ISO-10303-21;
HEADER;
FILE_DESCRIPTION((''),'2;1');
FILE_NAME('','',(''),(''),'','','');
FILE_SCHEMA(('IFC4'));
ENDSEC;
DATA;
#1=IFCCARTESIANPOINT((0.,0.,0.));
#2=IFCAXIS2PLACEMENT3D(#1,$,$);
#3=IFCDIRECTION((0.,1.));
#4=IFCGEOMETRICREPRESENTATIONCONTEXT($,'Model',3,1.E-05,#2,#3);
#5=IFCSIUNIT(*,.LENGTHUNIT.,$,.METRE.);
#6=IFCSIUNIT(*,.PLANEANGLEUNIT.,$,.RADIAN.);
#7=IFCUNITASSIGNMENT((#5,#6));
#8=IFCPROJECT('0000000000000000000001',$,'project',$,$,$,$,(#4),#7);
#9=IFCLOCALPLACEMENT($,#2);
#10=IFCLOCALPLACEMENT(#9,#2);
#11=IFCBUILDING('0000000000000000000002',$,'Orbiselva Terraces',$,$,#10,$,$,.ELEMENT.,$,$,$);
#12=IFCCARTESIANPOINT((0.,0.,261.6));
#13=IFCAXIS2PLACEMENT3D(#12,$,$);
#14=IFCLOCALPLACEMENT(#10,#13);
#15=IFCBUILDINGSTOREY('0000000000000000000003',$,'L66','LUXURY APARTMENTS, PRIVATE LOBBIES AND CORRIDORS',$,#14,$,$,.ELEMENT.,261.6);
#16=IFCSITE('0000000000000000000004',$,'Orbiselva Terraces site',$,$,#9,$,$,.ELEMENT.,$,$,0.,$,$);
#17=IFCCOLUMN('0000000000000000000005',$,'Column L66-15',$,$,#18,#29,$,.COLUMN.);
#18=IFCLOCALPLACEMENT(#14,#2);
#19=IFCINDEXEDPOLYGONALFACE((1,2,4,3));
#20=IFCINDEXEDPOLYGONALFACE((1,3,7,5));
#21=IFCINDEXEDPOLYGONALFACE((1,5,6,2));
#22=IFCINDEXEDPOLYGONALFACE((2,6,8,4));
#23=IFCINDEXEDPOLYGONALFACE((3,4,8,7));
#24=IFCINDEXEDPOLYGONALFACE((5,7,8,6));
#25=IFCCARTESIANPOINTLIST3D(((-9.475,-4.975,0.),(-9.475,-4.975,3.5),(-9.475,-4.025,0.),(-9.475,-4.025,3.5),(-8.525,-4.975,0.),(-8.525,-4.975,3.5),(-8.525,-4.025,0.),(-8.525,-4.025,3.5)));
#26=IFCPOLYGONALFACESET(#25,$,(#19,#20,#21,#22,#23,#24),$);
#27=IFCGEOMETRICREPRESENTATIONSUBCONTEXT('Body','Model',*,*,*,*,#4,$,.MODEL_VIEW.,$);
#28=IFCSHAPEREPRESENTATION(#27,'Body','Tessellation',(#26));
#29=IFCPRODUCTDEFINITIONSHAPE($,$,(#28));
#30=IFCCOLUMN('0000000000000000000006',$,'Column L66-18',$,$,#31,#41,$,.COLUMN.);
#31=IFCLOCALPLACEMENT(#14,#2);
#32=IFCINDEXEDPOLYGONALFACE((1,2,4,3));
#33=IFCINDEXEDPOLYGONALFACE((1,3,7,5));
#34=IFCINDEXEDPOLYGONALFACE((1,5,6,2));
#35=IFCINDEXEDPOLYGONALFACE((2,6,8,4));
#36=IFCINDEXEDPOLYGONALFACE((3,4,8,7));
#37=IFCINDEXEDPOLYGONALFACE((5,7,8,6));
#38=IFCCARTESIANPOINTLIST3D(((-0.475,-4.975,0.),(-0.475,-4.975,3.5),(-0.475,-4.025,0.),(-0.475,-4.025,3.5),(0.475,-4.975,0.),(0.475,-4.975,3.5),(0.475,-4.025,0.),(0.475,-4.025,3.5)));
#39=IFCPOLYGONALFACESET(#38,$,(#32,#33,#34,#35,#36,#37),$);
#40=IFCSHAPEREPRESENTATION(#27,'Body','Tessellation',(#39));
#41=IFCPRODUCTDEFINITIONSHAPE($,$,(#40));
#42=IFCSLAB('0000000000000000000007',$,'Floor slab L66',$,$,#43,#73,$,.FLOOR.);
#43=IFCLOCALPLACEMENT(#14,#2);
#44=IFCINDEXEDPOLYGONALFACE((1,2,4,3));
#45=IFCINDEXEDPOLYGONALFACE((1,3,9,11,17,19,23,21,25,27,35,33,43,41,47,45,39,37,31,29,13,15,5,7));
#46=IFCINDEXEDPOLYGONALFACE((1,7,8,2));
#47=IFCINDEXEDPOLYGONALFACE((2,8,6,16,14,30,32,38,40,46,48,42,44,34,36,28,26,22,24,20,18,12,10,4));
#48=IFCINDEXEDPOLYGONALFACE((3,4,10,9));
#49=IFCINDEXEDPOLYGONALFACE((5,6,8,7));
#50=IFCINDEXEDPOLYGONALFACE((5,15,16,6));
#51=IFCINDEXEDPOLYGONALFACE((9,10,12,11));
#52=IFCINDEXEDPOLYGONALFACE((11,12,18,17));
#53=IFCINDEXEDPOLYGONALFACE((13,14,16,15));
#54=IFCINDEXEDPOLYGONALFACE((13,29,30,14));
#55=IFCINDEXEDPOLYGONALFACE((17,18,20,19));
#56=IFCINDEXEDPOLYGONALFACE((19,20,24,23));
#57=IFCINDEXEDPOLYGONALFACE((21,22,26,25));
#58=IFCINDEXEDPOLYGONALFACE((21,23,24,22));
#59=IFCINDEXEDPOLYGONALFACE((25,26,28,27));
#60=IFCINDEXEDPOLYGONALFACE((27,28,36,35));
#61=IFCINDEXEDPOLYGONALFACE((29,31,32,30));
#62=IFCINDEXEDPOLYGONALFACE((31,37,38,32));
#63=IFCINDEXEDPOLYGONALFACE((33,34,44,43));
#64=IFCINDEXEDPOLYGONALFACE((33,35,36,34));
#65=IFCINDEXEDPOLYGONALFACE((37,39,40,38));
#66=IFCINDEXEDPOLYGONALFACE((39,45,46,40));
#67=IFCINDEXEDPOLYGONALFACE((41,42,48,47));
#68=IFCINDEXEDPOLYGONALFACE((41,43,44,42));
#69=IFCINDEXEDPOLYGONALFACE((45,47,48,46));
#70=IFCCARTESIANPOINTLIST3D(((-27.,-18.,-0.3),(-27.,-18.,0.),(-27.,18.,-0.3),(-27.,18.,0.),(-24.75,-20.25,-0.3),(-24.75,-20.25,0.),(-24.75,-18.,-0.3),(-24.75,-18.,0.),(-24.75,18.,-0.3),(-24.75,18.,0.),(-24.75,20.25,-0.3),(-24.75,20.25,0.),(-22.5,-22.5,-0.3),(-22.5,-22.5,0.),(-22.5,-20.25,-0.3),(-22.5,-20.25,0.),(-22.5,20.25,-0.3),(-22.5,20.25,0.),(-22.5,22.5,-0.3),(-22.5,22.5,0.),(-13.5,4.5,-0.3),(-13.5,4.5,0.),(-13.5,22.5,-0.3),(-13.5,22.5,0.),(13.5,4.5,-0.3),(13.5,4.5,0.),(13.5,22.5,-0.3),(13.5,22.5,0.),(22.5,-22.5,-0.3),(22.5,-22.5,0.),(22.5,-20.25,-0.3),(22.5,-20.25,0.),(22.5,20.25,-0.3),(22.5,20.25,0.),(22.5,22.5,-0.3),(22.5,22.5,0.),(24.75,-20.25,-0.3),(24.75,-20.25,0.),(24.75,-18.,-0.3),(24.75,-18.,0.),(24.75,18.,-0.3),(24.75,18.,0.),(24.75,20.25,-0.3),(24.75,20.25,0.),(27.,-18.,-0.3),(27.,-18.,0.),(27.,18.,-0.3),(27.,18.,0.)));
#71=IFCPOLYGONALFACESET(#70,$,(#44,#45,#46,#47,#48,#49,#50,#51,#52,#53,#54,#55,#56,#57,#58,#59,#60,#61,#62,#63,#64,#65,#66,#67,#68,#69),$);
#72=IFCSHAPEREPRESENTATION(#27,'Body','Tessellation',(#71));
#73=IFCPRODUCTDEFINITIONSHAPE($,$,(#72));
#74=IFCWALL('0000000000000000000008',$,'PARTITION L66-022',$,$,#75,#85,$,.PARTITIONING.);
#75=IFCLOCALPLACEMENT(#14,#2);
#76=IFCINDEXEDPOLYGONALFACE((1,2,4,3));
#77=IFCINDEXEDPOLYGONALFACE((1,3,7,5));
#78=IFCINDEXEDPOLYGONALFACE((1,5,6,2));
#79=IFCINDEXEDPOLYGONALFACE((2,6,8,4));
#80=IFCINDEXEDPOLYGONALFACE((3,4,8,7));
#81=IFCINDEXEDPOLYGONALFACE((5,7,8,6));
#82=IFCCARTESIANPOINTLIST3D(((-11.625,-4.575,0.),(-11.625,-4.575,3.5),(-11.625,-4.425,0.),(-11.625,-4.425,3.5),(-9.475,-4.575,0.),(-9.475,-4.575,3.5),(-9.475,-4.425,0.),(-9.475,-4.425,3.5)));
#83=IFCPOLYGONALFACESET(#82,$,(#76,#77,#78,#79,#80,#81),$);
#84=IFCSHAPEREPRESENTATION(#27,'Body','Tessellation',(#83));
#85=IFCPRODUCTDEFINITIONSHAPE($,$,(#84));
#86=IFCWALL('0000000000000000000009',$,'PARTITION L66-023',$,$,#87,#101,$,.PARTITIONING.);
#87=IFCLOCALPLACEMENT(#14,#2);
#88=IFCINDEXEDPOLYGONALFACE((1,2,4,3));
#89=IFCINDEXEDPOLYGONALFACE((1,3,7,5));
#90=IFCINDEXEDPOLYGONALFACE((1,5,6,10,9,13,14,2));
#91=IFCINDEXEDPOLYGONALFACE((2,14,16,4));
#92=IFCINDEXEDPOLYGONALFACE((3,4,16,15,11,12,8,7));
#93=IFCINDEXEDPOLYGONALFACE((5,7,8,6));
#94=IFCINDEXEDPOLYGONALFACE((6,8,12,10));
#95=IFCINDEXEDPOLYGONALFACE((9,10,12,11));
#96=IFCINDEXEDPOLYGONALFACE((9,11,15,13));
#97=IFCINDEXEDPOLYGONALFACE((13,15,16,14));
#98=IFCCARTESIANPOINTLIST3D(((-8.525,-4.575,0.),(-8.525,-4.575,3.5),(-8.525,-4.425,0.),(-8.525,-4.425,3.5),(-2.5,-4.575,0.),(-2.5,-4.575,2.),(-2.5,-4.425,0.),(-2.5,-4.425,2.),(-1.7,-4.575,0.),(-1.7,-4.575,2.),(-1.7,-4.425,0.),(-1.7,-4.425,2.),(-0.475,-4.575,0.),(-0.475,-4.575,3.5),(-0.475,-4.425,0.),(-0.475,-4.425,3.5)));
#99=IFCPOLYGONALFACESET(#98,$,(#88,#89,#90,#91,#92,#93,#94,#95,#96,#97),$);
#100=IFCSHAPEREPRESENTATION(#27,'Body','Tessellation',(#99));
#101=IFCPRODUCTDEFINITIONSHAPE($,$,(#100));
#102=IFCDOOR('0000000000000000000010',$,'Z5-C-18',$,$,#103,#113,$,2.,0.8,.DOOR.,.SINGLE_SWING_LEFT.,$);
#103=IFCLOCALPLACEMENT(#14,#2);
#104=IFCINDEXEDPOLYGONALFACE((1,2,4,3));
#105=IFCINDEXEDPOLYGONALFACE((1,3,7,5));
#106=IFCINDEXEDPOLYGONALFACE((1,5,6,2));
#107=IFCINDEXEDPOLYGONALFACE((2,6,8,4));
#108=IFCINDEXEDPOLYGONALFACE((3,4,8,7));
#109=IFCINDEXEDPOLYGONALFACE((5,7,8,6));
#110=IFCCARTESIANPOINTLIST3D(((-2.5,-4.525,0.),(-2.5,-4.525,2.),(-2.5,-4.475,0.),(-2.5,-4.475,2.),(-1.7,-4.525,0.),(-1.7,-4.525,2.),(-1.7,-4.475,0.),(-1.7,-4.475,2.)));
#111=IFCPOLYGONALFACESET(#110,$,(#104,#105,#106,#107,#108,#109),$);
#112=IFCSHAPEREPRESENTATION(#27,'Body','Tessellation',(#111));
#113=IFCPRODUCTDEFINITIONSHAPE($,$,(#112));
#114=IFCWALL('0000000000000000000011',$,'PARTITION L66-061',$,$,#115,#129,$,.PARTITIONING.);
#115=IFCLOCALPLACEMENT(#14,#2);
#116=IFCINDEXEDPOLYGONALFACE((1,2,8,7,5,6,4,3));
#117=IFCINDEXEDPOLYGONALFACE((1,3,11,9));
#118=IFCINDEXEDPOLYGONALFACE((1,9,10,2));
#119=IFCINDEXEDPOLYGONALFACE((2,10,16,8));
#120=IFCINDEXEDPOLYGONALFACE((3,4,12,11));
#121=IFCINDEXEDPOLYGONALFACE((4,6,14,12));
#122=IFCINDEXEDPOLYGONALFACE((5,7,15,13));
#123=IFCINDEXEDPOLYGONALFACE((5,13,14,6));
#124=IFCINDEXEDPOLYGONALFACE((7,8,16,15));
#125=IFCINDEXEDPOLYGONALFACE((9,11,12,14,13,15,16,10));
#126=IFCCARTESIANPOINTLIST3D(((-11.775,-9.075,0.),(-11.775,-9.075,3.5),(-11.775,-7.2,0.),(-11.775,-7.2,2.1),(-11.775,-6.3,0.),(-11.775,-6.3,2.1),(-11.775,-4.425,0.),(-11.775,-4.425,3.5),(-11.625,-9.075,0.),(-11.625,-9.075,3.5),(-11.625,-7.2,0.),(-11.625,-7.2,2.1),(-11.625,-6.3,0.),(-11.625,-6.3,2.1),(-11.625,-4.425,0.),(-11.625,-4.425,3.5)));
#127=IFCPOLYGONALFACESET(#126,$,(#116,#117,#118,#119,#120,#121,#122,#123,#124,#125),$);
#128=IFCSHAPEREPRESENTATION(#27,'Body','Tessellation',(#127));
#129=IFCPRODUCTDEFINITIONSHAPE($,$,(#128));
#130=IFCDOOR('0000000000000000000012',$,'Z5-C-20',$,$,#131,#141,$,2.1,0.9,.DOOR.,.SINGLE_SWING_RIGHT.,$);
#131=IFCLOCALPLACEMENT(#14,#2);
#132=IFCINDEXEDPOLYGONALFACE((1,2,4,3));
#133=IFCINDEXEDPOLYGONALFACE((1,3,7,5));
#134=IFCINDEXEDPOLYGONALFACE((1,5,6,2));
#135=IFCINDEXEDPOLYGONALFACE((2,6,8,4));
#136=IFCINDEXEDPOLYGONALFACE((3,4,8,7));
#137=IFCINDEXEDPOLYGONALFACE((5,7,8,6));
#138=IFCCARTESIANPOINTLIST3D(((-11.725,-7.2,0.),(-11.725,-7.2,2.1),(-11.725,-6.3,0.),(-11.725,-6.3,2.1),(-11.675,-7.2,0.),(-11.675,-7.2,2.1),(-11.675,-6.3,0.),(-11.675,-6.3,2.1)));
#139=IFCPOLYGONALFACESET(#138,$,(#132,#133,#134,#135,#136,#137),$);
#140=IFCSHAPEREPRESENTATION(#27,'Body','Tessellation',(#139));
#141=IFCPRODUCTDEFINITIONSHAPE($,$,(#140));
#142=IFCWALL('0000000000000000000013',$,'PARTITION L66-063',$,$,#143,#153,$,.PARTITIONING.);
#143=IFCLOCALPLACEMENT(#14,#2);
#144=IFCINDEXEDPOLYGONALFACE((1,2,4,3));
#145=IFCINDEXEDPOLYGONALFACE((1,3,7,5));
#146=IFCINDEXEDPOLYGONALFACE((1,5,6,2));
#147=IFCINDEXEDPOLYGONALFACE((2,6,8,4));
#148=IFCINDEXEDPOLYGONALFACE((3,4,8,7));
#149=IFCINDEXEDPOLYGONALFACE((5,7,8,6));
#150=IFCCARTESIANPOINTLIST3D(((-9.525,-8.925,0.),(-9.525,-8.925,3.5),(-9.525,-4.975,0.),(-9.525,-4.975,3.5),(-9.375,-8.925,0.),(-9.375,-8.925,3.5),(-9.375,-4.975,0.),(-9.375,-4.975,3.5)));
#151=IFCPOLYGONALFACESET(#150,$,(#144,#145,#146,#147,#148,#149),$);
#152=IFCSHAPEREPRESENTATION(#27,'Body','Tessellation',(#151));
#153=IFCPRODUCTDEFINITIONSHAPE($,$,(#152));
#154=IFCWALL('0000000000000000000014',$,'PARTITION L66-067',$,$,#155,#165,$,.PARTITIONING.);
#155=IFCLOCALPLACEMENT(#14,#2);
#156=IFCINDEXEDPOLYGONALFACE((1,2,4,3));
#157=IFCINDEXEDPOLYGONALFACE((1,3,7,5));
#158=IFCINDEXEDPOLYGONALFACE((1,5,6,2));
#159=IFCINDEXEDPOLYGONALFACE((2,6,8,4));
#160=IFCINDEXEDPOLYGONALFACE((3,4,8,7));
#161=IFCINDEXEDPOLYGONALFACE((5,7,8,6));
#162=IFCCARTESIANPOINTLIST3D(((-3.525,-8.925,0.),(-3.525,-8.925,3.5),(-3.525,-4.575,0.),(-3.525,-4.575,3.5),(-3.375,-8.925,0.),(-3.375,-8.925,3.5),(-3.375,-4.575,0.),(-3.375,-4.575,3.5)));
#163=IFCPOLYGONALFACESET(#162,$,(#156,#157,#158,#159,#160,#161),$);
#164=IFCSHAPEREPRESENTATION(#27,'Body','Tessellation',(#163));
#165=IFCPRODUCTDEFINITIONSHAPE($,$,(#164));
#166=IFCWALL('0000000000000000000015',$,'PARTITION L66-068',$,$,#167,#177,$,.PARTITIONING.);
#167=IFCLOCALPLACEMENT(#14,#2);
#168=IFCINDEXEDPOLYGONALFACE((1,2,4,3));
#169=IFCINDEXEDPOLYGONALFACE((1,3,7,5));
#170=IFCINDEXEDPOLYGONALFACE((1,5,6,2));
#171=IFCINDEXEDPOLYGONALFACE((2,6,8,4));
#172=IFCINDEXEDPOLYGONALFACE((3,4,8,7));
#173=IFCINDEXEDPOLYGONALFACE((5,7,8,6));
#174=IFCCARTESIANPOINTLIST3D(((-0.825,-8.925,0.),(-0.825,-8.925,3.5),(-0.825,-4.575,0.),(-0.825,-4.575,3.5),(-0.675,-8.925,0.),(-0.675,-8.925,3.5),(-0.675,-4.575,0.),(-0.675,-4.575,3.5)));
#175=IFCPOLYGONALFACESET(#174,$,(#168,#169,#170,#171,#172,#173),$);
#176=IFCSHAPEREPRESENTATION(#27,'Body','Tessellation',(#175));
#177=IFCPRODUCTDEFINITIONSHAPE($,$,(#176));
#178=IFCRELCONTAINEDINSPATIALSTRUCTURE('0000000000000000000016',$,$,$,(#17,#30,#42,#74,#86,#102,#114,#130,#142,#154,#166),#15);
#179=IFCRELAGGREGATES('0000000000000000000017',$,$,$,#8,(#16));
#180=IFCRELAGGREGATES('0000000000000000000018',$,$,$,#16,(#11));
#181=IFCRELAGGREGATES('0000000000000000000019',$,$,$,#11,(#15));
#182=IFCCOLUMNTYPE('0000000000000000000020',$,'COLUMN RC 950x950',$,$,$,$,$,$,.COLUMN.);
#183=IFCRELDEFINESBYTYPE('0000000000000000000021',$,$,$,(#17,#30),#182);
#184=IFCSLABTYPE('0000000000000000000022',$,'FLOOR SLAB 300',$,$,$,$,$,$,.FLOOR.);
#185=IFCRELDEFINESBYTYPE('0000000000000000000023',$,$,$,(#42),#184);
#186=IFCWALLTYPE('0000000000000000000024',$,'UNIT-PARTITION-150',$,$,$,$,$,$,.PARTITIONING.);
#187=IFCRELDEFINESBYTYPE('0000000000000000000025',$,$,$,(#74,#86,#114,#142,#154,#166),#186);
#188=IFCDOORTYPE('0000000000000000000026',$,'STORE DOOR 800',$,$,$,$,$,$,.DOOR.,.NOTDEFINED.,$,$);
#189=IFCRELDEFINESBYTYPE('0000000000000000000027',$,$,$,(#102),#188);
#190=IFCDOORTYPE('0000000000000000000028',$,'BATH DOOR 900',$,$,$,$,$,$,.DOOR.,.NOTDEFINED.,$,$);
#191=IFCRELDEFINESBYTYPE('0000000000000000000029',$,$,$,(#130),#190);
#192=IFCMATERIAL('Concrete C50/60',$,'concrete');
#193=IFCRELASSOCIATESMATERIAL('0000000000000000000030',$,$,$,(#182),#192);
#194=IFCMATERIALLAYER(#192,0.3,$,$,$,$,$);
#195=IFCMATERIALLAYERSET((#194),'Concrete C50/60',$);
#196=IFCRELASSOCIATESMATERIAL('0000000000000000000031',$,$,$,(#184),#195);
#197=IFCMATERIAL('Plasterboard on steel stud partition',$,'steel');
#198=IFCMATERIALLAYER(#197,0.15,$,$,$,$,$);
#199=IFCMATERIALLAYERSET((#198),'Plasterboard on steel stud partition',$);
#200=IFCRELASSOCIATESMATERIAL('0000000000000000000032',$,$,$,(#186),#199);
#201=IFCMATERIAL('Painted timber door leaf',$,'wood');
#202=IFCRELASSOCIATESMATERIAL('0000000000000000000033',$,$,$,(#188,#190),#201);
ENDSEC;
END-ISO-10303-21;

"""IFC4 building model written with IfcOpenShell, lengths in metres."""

from ifc_helpers import new_model, si_unit, direction, frame, frame_2d, origin, origin_2d, place, context, subcontext, project, spatial, polyline, rectangle, outline, extrude, material, layer, layer_set, material_profile, profile_set, type_object, element, fill, save


model = new_model("IFC4")

# Units and contexts
model_context = context("Model", 3, precision=1e-05, world=origin(), true_north=direction((0.0, 1.0)))
body_context = subcontext(model_context, "Body", "Model", "MODEL_VIEW")
ifc_project = project(units=[si_unit("LENGTHUNIT", "METRE"), si_unit("PLANEANGLEUNIT", "RADIAN")], contexts=[model_context])

# Site, building, storey
site_placement = place(None, origin())
site = spatial("IfcSite", under=ifc_project, at=site_placement, Name="Orbiselva Terraces site", CompositionType="ELEMENT", RefElevation=0.0)
building_placement = place(site_placement, origin())
building = spatial("IfcBuilding", under=site, at=building_placement, Name="Orbiselva Terraces", CompositionType="ELEMENT")
storey_placement = place(building_placement, frame((0.0, 0.0, 261.6)))
storey = spatial("IfcBuildingStorey", under=building, at=storey_placement, Name="L66", Description="LUXURY APARTMENTS, PRIVATE LOBBIES AND CORRIDORS", CompositionType="ELEMENT", Elevation=261.6)

# Columns
ifc_material_1 = material(Name="Concrete C50/60", Category="concrete")
ifc_material_profile = material_profile(ifc_material_1, rectangle(XDim=0.95, YDim=0.95, at=origin_2d()), Name="RC 950x950")
ifc_profile_set = profile_set([ifc_material_profile], Name="Concrete C50/60")
column_type = type_object("IfcColumnType", Name="COLUMN RC 950x950", PredefinedType="COLUMN", material=ifc_profile_set)
for number, where, z_axis, x_axis, name in (
    (1, (-9.0, -4.5, 0.0), (0.0, 0.0, 1.0), (1.0, 0.0, 0.0), "Column L66-15"),
    (2, (0.0, -4.5, 0.0), (0.0, 0.0, 1.0), (1.0, 0.0, 0.0), "Column L66-18"),
):
    element("IfcColumn", number, at=place(storey_placement, frame(where, z_axis=z_axis, x_axis=x_axis)), inside=storey, type_object=column_type, Name=name, PredefinedType="COLUMN", context=body_context, shape_type="SweptSolid", body=[
        extrude(rectangle(XDim=0.95, YDim=0.95, at=origin_2d()), origin(), (0.0, 0.0, 1.0), 3.5),
    ])

# Slab
ifc_layer_1 = layer(ifc_material_1, 0.3)
ifc_layer_set_1 = layer_set([ifc_layer_1], Name="Concrete C50/60")
slab_type = type_object("IfcSlabType", Name="FLOOR SLAB 300", PredefinedType="FLOOR", material=ifc_layer_set_1)
slab_placement = place(storey_placement, frame((0.0, 0.0, -0.3)))
element("IfcSlab", 3, at=slab_placement, inside=storey, type_object=slab_type, Name="Floor slab L66", PredefinedType="FLOOR", context=body_context, shape_type="SweptSolid", body=[
    extrude(outline(polyline([(22.5, 22.5), (22.5, 20.25), (24.75, 20.25), (24.75, 18.0), (27.0, 18.0), (27.0, -18.0), (24.75, -18.0), (24.75, -20.25), (22.5, -20.25), (22.5, -22.5), (-22.5, -22.5), (-22.5, -20.25), (-24.75, -20.25), (-24.75, -18.0), (-27.0, -18.0), (-27.0, 18.0), (-24.75, 18.0), (-24.75, 20.25), (-22.5, 20.25), (-22.5, 22.5), (-13.5, 22.5), (-13.5, 4.5), (13.5, 4.5), (13.5, 22.5), (22.5, 22.5)])), origin(), (0.0, 0.0, 1.0), 0.3),
])

# Wall
ifc_material_2 = material(Name="Plasterboard on steel stud partition", Category="steel")
ifc_layer_2 = layer(ifc_material_2, 0.15)
ifc_layer_set_2 = layer_set([ifc_layer_2], Name="Plasterboard on steel stud partition")
wall_type = type_object("IfcWallType", Name="UNIT-PARTITION-150", PredefinedType="PARTITIONING", material=ifc_layer_set_2)
wall_1_placement = place(storey_placement, frame((-11.625, -4.5, 0.0), z_axis=(0.0, 0.0, 1.0), x_axis=(1.0, 0.0, 0.0)))
element("IfcWall", 4, at=wall_1_placement, inside=storey, type_object=wall_type, Name="PARTITION L66-022", PredefinedType="PARTITIONING", context=body_context, shape_type="SweptSolid", body=[
    extrude(rectangle(XDim=2.15, YDim=0.15, at=frame_2d((1.075, 0.0))), origin(), (0.0, 0.0, 1.0), 3.5),
])

# Walls, openings, doors
wall_2_placement = place(storey_placement, frame((-0.475, -4.5, 0.0), z_axis=(0.0, 0.0, 1.0), x_axis=(-1.0, 0.0, 0.0)))
wall_2 = element("IfcWall", 5, at=wall_2_placement, inside=storey, type_object=wall_type, Name="PARTITION L66-023", PredefinedType="PARTITIONING", context=body_context, shape_type="SweptSolid", body=[
    extrude(rectangle(XDim=8.05, YDim=0.15, at=frame_2d((4.025, 0.0))), origin(), (0.0, 0.0, 1.0), 3.5),
])
opening_1_placement = place(wall_2_placement, frame((1.225, 0.0, 0.0)))
opening_1 = element("IfcOpeningElement", 6, at=opening_1_placement, cuts=wall_2, PredefinedType="OPENING", context=body_context, shape_type="SweptSolid", body=[
    extrude(rectangle(XDim=0.8, YDim=2.0, at=frame_2d((0.4, 1.0))), frame((0.0, 0.085, 0.0), z_axis=(0.0, -1.0, 0.0), x_axis=(1.0, 0.0, 0.0)), (0.0, 0.0, 1.0), 0.17),
])
ifc_material_3 = material(Name="Painted timber door leaf", Category="wood")
door_type_1 = type_object("IfcDoorType", Name="STORE DOOR 800", OperationType="NOTDEFINED", PredefinedType="DOOR", material=ifc_material_3)
door_1_placement = place(opening_1_placement, origin())
door_1 = element("IfcDoor", 7, at=door_1_placement, inside=storey, type_object=door_type_1, Name="Z5-C-18", OperationType="SINGLE_SWING_LEFT", OverallHeight=2.0, OverallWidth=0.8, PredefinedType="DOOR", context=body_context, shape_type="SweptSolid", body=[
    extrude(rectangle(XDim=0.8, YDim=2.0, at=frame_2d((0.4, 1.0))), frame((0.0, 0.025, 0.0), z_axis=(0.0, -1.0, 0.0), x_axis=(1.0, 0.0, 0.0)), (0.0, 0.0, 1.0), 0.05),
])
fill(opening_1, door_1)
wall_3_placement = place(storey_placement, frame((-11.7, -4.425, 0.0), z_axis=(0.0, 0.0, 1.0), x_axis=(0.0, -1.0, 0.0)))
wall_3 = element("IfcWall", 8, at=wall_3_placement, inside=storey, type_object=wall_type, Name="PARTITION L66-061", PredefinedType="PARTITIONING", context=body_context, shape_type="SweptSolid", body=[
    extrude(rectangle(XDim=4.65, YDim=0.15, at=frame_2d((2.325, 0.0))), origin(), (0.0, 0.0, 1.0), 3.5),
])
opening_2_placement = place(wall_3_placement, frame((1.875, 0.0, 0.0)))
opening_2 = element("IfcOpeningElement", 9, at=opening_2_placement, cuts=wall_3, PredefinedType="OPENING", context=body_context, shape_type="SweptSolid", body=[
    extrude(rectangle(XDim=0.9, YDim=2.1, at=frame_2d((0.45, 1.05))), frame((0.0, 0.085, 0.0), z_axis=(0.0, -1.0, 0.0), x_axis=(1.0, 0.0, 0.0)), (0.0, 0.0, 1.0), 0.17),
])
door_type_2 = type_object("IfcDoorType", Name="BATH DOOR 900", OperationType="NOTDEFINED", PredefinedType="DOOR", material=ifc_material_3)
door_2_placement = place(opening_2_placement, origin())
door_2 = element("IfcDoor", 10, at=door_2_placement, inside=storey, type_object=door_type_2, Name="Z5-C-20", OperationType="SINGLE_SWING_RIGHT", OverallHeight=2.1, OverallWidth=0.9, PredefinedType="DOOR", context=body_context, shape_type="SweptSolid", body=[
    extrude(rectangle(XDim=0.9, YDim=2.1, at=frame_2d((0.45, 1.05))), frame((0.0, 0.025, 0.0), z_axis=(0.0, -1.0, 0.0), x_axis=(1.0, 0.0, 0.0)), (0.0, 0.0, 1.0), 0.05),
])
fill(opening_2, door_2)

# Walls
wall_4_placement = place(storey_placement, frame((-9.45, -8.925, 0.0), z_axis=(0.0, 0.0, 1.0), x_axis=(0.0, 1.0, 0.0)))
element("IfcWall", 11, at=wall_4_placement, inside=storey, type_object=wall_type, Name="PARTITION L66-063", PredefinedType="PARTITIONING", context=body_context, shape_type="SweptSolid", body=[
    extrude(rectangle(XDim=3.95, YDim=0.15, at=frame_2d((1.975, 0.0))), origin(), (0.0, 0.0, 1.0), 3.5),
])
for number, where, z_axis, x_axis, name in (
    (12, (-3.45, -8.925, 0.0), (0.0, 0.0, 1.0), (0.0, 1.0, 0.0), "PARTITION L66-067"),
    (13, (-0.75, -8.925, 0.0), (0.0, 0.0, 1.0), (0.0, 1.0, 0.0), "PARTITION L66-068"),
):
    element("IfcWall", number, at=place(storey_placement, frame(where, z_axis=z_axis, x_axis=x_axis)), inside=storey, type_object=wall_type, Name=name, PredefinedType="PARTITIONING", context=body_context, shape_type="SweptSolid", body=[
        extrude(rectangle(XDim=4.35, YDim=0.15, at=frame_2d((2.175, 0.0))), origin(), (0.0, 0.0, 1.0), 3.5),
    ])

save(model, "model.ifc")
